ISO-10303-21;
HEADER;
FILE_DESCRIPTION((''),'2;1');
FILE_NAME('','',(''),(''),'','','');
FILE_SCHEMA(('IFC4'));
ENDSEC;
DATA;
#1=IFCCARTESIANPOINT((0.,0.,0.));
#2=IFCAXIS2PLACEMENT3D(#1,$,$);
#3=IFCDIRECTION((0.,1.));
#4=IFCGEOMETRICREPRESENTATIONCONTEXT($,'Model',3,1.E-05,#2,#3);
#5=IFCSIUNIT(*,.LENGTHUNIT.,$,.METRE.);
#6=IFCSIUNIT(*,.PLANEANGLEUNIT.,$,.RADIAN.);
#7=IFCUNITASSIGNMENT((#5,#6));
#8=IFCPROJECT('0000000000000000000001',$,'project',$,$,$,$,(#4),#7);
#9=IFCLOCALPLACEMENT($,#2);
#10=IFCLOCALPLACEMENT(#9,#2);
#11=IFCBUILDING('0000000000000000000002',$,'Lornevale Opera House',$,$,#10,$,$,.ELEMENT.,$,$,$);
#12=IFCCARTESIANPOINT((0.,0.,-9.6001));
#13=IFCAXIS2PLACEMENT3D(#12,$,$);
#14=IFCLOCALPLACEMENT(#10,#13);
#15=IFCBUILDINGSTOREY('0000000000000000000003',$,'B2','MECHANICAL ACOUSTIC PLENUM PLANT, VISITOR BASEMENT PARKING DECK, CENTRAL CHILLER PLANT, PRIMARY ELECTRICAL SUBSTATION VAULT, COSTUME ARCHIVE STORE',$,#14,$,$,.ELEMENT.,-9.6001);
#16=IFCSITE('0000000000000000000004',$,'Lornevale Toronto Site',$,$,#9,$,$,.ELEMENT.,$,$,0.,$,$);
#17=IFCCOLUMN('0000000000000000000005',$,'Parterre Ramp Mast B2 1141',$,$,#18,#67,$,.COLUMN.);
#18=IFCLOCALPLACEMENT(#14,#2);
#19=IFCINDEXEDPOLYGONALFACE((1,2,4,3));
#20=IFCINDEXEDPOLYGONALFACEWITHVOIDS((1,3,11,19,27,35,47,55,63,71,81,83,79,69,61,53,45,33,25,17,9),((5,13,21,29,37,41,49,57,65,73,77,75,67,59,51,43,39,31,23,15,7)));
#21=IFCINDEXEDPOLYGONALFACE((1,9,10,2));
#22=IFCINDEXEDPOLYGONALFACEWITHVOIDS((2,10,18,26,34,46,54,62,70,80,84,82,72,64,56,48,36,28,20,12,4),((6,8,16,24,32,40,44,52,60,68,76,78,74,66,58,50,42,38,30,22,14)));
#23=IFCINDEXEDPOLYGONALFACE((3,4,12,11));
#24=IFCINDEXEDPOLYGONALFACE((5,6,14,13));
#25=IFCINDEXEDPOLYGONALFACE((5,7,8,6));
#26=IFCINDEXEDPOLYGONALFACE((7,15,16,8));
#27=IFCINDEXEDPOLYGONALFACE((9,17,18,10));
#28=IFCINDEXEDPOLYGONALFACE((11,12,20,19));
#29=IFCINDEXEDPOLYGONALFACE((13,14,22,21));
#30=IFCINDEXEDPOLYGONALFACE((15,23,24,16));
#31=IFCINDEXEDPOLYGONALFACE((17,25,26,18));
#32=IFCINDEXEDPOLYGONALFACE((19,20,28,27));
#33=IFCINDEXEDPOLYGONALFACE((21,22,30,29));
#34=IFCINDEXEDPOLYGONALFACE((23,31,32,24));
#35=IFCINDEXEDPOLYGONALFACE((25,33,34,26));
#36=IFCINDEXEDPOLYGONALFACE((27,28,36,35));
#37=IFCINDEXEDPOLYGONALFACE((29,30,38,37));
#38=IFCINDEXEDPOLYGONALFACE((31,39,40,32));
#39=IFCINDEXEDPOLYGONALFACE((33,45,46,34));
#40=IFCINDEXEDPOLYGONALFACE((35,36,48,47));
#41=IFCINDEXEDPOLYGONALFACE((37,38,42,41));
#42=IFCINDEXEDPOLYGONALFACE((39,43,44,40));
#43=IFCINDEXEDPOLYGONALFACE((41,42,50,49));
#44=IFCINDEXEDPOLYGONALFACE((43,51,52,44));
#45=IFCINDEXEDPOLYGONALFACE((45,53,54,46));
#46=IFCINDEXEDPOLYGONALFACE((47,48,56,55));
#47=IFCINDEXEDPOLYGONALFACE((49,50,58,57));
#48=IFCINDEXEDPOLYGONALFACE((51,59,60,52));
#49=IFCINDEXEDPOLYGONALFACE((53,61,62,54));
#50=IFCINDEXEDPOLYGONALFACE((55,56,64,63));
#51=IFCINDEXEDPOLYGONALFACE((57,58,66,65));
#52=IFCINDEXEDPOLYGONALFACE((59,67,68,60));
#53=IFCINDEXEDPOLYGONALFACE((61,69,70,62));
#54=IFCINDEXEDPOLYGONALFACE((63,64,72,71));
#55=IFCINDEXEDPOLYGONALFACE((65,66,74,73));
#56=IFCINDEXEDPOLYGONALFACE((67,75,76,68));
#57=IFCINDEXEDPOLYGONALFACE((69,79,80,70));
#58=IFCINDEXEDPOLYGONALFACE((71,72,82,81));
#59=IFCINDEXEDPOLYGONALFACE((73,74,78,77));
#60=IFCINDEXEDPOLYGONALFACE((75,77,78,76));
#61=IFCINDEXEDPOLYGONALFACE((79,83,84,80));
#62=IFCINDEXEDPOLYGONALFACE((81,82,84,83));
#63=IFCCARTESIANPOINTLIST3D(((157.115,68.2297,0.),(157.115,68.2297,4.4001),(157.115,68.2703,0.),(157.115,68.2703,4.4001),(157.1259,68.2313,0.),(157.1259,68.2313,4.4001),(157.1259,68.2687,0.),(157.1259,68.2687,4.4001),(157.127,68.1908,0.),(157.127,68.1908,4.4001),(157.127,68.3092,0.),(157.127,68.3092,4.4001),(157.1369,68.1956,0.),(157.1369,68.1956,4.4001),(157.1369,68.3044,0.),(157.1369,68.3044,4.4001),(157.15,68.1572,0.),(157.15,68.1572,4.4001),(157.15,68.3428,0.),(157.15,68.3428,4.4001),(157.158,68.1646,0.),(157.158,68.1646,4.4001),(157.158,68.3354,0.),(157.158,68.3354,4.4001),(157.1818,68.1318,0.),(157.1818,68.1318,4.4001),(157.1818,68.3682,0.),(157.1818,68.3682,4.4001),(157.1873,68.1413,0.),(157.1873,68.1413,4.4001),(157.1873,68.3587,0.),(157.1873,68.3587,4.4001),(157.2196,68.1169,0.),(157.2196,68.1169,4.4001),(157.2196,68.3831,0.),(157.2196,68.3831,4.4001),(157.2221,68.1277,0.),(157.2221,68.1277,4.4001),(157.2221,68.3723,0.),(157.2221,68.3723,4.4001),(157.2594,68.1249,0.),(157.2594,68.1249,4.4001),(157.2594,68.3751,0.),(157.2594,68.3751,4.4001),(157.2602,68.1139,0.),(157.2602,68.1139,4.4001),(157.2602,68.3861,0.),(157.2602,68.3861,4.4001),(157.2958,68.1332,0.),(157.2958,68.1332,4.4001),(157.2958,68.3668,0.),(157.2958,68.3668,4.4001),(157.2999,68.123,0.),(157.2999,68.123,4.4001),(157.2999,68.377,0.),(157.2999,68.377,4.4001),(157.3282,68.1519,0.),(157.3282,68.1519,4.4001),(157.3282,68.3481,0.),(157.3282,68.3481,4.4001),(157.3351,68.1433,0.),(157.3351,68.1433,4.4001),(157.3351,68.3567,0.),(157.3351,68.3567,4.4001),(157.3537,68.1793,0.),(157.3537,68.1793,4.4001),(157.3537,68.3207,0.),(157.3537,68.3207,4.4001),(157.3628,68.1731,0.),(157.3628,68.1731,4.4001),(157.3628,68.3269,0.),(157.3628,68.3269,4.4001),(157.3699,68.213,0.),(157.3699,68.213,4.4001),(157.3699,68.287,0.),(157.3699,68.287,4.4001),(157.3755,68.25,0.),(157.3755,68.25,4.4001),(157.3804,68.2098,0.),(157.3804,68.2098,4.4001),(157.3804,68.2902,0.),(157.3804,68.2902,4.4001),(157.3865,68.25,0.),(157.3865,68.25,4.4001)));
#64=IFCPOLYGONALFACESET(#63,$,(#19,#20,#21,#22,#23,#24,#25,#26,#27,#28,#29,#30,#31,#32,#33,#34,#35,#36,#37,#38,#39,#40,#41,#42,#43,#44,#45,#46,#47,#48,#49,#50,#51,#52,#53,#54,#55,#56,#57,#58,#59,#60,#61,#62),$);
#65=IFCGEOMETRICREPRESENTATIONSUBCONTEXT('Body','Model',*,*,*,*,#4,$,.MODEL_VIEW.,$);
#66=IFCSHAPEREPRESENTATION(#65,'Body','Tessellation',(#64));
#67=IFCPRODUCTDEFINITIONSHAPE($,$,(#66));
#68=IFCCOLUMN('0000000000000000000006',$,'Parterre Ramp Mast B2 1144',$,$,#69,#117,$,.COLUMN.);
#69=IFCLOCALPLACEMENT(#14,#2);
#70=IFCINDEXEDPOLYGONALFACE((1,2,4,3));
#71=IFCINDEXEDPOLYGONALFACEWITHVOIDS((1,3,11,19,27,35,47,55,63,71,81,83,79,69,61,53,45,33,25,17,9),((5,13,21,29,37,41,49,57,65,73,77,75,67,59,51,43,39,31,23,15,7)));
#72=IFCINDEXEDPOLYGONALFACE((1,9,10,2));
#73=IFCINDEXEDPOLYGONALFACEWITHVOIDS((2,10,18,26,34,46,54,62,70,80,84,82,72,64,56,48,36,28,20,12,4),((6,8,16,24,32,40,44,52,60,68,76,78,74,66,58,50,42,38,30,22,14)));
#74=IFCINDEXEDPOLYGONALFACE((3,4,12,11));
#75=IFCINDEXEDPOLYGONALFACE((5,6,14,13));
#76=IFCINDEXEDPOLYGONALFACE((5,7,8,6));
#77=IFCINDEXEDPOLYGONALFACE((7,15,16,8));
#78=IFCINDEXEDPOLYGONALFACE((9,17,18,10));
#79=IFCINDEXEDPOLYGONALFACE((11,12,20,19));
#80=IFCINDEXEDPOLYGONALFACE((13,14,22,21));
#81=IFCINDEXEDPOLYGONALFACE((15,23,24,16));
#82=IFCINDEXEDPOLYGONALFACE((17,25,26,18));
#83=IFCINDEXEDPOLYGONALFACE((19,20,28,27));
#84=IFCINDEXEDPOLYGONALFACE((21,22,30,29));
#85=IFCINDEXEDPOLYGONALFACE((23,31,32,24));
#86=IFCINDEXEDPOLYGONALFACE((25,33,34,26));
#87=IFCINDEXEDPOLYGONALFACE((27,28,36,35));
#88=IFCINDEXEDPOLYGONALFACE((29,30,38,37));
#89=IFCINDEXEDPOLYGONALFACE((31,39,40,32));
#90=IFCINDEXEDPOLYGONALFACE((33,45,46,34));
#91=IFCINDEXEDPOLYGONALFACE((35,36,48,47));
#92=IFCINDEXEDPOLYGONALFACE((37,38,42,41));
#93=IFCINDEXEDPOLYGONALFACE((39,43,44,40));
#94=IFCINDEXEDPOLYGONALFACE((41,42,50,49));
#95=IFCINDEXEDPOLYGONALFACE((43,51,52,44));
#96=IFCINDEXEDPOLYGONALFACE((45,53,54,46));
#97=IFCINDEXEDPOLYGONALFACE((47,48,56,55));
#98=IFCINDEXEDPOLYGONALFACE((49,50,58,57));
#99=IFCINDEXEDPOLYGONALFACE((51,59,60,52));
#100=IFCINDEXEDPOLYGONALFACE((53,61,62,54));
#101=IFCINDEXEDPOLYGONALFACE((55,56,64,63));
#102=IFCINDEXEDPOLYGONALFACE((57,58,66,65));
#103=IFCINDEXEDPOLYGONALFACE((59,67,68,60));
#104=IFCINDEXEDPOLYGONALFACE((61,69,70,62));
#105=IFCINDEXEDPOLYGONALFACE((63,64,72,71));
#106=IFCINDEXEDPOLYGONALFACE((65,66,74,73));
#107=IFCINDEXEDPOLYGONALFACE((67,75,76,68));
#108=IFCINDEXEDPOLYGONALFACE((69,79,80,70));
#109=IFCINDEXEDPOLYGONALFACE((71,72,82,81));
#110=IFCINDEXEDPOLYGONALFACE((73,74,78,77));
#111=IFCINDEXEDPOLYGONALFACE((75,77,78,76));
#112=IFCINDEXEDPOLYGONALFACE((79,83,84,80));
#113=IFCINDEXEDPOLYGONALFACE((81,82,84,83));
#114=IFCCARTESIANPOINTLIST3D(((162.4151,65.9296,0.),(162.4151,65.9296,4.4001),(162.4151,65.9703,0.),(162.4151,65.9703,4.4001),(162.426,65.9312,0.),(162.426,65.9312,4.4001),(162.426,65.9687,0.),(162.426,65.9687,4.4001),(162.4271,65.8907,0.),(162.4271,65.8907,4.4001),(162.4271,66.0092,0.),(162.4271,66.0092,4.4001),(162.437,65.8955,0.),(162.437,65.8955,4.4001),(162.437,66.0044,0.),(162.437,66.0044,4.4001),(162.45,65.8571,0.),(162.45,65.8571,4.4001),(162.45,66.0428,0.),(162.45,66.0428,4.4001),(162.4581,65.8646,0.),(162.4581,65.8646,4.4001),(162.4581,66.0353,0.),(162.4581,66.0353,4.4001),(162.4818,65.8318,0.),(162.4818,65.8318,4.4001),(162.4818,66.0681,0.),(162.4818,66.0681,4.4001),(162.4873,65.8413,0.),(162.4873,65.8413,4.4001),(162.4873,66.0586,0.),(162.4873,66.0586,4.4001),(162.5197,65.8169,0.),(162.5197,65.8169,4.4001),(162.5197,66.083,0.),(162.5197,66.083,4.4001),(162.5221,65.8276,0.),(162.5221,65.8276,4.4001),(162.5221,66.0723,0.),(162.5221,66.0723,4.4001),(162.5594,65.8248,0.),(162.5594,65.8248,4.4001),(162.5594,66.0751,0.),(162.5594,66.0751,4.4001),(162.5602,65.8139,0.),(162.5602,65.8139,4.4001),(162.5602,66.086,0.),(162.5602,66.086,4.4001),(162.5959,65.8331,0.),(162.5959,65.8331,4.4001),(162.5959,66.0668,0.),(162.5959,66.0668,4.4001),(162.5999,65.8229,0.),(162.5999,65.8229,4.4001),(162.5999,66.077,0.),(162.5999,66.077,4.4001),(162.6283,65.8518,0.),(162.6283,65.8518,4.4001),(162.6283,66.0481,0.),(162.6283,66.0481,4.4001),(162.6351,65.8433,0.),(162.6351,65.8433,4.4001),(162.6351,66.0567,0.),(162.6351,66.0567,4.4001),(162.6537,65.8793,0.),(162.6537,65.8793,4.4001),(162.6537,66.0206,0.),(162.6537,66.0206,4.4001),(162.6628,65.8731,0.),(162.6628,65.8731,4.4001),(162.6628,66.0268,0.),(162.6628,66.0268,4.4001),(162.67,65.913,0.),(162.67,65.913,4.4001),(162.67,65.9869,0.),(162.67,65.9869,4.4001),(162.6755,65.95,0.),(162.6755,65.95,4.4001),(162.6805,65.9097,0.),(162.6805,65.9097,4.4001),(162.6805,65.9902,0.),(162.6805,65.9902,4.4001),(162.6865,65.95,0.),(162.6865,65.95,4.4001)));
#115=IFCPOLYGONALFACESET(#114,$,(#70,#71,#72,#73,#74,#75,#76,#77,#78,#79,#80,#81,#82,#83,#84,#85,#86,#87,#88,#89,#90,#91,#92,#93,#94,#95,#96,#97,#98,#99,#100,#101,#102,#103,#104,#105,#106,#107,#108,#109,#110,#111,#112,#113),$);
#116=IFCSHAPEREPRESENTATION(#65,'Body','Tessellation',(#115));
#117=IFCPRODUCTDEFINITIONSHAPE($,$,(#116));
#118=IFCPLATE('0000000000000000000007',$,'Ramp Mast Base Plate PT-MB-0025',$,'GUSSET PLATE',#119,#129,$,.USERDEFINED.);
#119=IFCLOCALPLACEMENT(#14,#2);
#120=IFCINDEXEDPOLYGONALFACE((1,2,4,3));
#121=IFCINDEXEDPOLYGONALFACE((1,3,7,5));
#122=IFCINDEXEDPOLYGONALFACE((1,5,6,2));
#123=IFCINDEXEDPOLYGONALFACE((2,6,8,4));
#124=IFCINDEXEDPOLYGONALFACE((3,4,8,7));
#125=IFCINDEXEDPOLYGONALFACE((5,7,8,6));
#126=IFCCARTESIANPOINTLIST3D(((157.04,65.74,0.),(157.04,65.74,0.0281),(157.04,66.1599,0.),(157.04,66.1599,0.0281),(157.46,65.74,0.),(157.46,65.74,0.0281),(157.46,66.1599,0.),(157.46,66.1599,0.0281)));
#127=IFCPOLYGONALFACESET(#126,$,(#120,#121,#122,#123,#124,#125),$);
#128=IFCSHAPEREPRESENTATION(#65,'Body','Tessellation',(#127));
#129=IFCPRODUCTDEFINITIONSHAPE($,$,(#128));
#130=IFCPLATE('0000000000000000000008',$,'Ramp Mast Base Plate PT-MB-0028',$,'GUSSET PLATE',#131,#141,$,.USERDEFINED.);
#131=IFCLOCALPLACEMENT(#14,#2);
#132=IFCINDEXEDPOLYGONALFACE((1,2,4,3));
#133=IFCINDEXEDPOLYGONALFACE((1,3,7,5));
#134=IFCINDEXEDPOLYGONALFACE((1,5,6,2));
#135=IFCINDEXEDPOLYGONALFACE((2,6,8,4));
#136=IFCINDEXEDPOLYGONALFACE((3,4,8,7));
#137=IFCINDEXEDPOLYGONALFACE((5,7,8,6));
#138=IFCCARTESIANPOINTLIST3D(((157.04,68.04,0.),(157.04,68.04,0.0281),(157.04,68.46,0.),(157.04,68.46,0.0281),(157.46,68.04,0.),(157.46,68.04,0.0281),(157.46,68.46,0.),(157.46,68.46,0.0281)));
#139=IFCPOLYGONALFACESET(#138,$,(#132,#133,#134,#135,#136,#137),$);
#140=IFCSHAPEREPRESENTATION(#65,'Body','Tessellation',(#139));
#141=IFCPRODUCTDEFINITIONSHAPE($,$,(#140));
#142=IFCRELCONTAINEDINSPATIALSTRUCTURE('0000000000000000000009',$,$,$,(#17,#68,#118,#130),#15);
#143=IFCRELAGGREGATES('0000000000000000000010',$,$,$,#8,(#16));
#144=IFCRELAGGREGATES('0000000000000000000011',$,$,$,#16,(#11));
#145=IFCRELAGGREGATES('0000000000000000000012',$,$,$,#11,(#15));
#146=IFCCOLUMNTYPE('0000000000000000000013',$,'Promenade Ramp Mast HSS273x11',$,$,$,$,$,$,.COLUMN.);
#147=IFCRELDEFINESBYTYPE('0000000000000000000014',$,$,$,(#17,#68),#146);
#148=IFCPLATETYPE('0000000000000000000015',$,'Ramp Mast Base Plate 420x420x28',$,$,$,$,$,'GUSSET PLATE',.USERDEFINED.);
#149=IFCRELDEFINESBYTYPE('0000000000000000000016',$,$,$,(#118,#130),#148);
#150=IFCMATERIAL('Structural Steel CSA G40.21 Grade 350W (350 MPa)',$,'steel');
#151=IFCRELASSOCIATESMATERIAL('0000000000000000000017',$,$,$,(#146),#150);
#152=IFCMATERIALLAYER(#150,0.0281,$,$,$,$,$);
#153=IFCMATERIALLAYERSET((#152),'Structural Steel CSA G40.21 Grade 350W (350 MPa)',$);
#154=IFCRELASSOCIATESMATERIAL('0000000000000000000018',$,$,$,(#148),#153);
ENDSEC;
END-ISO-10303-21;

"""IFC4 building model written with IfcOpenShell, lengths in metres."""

from ifc_helpers import new_model, si_unit, direction, frame, origin, origin_2d, place, context, subcontext, project, spatial, rectangle, hollow_circle, extrude, material, layer, layer_set, material_profile, profile_set, type_object, element, save


model = new_model("IFC4")

# Units and contexts
model_context = context("Model", 3, precision=1e-05, world=origin(), true_north=direction((0.0, 1.0)))
body_context = subcontext(model_context, "Body", "Model", "MODEL_VIEW")
ifc_project = project(units=[si_unit("LENGTHUNIT", "METRE"), si_unit("PLANEANGLEUNIT", "RADIAN")], contexts=[model_context])

# Site, building, storey
site_placement = place(None, origin())
site = spatial("IfcSite", under=ifc_project, at=site_placement, Name="Lornevale Toronto Site", CompositionType="ELEMENT", RefElevation=0.0)
building_placement = place(site_placement, origin())
building = spatial("IfcBuilding", under=site, at=building_placement, Name="Lornevale Opera House", CompositionType="ELEMENT")
storey_placement = place(building_placement, frame((0.0, 0.0, -9.6001)))
storey = spatial("IfcBuildingStorey", under=building, at=storey_placement, Name="B2", Description="MECHANICAL ACOUSTIC PLENUM PLANT, VISITOR BASEMENT PARKING DECK, CENTRAL CHILLER PLANT, PRIMARY ELECTRICAL SUBSTATION VAULT, COSTUME ARCHIVE STORE", CompositionType="ELEMENT", Elevation=-9.6001)

# Columns
ifc_material_1 = material(Name="Structural Steel CSA G40.21 Grade 350W (350 MPa)", Category="steel")
ifc_material_profile_1 = material_profile(ifc_material_1, hollow_circle(Radius=0.1365, WallThickness=0.011, at=origin_2d()), Name="HSS273x11")
ifc_profile_set_1 = profile_set([ifc_material_profile_1], Name="Structural Steel CSA G40.21 Grade 350W (350 MPa)")
column_type_1 = type_object("IfcColumnType", Name="Promenade Ramp Mast HSS273x11", PredefinedType="COLUMN", material=ifc_profile_set_1)
for number, where, z_axis, x_axis, name in (
    (1, (157.25, 68.25, 0.0), (0.0, 0.0, 1.0), (1.0, 0.0, 0.0), "Parterre Ramp Mast B2 1141"),
    (2, (162.55, 65.95, 0.0), (0.0, 0.0, 1.0), (1.0, 0.0, 0.0), "Parterre Ramp Mast B2 1144"),
):
    element("IfcColumn", number, at=place(storey_placement, frame(where, z_axis=z_axis, x_axis=x_axis)), inside=storey, type_object=column_type_1, Name=name, PredefinedType="COLUMN", context=body_context, shape_type="SweptSolid", body=[
        extrude(hollow_circle(Radius=0.1365, WallThickness=0.011, at=origin_2d()), origin(), (0.0, 0.0, 1.0), 4.4001),
    ])

# Plates
ifc_layer_1 = layer(ifc_material_1, 0.0281)
ifc_layer_set_1 = layer_set([ifc_layer_1], Name="Structural Steel CSA G40.21 Grade 350W (350 MPa)")
plate_type = type_object("IfcPlateType", Name="Ramp Mast Base Plate 420x420x28", ElementType="GUSSET PLATE", PredefinedType="USERDEFINED", material=ifc_layer_set_1)
for number, where, z_axis, x_axis, name in (
    (3, (157.25, 65.95, 0.0), (0.0, 0.0, 1.0), (1.0, 0.0, 0.0), "Ramp Mast Base Plate PT-MB-0025"),
    (4, (157.25, 68.25, 0.0), (0.0, 0.0, 1.0), (1.0, 0.0, 0.0), "Ramp Mast Base Plate PT-MB-0028"),
):
    element("IfcPlate", number, at=place(storey_placement, frame(where, z_axis=z_axis, x_axis=x_axis)), inside=storey, type_object=plate_type, Name=name, ObjectType="GUSSET PLATE", PredefinedType="USERDEFINED", context=body_context, shape_type="SweptSolid", body=[
        extrude(rectangle(XDim=0.4199, YDim=0.4199, at=origin_2d()), origin(), (0.0, 0.0, 1.0), 0.0281),
    ])

save(model, "model.ifc")
